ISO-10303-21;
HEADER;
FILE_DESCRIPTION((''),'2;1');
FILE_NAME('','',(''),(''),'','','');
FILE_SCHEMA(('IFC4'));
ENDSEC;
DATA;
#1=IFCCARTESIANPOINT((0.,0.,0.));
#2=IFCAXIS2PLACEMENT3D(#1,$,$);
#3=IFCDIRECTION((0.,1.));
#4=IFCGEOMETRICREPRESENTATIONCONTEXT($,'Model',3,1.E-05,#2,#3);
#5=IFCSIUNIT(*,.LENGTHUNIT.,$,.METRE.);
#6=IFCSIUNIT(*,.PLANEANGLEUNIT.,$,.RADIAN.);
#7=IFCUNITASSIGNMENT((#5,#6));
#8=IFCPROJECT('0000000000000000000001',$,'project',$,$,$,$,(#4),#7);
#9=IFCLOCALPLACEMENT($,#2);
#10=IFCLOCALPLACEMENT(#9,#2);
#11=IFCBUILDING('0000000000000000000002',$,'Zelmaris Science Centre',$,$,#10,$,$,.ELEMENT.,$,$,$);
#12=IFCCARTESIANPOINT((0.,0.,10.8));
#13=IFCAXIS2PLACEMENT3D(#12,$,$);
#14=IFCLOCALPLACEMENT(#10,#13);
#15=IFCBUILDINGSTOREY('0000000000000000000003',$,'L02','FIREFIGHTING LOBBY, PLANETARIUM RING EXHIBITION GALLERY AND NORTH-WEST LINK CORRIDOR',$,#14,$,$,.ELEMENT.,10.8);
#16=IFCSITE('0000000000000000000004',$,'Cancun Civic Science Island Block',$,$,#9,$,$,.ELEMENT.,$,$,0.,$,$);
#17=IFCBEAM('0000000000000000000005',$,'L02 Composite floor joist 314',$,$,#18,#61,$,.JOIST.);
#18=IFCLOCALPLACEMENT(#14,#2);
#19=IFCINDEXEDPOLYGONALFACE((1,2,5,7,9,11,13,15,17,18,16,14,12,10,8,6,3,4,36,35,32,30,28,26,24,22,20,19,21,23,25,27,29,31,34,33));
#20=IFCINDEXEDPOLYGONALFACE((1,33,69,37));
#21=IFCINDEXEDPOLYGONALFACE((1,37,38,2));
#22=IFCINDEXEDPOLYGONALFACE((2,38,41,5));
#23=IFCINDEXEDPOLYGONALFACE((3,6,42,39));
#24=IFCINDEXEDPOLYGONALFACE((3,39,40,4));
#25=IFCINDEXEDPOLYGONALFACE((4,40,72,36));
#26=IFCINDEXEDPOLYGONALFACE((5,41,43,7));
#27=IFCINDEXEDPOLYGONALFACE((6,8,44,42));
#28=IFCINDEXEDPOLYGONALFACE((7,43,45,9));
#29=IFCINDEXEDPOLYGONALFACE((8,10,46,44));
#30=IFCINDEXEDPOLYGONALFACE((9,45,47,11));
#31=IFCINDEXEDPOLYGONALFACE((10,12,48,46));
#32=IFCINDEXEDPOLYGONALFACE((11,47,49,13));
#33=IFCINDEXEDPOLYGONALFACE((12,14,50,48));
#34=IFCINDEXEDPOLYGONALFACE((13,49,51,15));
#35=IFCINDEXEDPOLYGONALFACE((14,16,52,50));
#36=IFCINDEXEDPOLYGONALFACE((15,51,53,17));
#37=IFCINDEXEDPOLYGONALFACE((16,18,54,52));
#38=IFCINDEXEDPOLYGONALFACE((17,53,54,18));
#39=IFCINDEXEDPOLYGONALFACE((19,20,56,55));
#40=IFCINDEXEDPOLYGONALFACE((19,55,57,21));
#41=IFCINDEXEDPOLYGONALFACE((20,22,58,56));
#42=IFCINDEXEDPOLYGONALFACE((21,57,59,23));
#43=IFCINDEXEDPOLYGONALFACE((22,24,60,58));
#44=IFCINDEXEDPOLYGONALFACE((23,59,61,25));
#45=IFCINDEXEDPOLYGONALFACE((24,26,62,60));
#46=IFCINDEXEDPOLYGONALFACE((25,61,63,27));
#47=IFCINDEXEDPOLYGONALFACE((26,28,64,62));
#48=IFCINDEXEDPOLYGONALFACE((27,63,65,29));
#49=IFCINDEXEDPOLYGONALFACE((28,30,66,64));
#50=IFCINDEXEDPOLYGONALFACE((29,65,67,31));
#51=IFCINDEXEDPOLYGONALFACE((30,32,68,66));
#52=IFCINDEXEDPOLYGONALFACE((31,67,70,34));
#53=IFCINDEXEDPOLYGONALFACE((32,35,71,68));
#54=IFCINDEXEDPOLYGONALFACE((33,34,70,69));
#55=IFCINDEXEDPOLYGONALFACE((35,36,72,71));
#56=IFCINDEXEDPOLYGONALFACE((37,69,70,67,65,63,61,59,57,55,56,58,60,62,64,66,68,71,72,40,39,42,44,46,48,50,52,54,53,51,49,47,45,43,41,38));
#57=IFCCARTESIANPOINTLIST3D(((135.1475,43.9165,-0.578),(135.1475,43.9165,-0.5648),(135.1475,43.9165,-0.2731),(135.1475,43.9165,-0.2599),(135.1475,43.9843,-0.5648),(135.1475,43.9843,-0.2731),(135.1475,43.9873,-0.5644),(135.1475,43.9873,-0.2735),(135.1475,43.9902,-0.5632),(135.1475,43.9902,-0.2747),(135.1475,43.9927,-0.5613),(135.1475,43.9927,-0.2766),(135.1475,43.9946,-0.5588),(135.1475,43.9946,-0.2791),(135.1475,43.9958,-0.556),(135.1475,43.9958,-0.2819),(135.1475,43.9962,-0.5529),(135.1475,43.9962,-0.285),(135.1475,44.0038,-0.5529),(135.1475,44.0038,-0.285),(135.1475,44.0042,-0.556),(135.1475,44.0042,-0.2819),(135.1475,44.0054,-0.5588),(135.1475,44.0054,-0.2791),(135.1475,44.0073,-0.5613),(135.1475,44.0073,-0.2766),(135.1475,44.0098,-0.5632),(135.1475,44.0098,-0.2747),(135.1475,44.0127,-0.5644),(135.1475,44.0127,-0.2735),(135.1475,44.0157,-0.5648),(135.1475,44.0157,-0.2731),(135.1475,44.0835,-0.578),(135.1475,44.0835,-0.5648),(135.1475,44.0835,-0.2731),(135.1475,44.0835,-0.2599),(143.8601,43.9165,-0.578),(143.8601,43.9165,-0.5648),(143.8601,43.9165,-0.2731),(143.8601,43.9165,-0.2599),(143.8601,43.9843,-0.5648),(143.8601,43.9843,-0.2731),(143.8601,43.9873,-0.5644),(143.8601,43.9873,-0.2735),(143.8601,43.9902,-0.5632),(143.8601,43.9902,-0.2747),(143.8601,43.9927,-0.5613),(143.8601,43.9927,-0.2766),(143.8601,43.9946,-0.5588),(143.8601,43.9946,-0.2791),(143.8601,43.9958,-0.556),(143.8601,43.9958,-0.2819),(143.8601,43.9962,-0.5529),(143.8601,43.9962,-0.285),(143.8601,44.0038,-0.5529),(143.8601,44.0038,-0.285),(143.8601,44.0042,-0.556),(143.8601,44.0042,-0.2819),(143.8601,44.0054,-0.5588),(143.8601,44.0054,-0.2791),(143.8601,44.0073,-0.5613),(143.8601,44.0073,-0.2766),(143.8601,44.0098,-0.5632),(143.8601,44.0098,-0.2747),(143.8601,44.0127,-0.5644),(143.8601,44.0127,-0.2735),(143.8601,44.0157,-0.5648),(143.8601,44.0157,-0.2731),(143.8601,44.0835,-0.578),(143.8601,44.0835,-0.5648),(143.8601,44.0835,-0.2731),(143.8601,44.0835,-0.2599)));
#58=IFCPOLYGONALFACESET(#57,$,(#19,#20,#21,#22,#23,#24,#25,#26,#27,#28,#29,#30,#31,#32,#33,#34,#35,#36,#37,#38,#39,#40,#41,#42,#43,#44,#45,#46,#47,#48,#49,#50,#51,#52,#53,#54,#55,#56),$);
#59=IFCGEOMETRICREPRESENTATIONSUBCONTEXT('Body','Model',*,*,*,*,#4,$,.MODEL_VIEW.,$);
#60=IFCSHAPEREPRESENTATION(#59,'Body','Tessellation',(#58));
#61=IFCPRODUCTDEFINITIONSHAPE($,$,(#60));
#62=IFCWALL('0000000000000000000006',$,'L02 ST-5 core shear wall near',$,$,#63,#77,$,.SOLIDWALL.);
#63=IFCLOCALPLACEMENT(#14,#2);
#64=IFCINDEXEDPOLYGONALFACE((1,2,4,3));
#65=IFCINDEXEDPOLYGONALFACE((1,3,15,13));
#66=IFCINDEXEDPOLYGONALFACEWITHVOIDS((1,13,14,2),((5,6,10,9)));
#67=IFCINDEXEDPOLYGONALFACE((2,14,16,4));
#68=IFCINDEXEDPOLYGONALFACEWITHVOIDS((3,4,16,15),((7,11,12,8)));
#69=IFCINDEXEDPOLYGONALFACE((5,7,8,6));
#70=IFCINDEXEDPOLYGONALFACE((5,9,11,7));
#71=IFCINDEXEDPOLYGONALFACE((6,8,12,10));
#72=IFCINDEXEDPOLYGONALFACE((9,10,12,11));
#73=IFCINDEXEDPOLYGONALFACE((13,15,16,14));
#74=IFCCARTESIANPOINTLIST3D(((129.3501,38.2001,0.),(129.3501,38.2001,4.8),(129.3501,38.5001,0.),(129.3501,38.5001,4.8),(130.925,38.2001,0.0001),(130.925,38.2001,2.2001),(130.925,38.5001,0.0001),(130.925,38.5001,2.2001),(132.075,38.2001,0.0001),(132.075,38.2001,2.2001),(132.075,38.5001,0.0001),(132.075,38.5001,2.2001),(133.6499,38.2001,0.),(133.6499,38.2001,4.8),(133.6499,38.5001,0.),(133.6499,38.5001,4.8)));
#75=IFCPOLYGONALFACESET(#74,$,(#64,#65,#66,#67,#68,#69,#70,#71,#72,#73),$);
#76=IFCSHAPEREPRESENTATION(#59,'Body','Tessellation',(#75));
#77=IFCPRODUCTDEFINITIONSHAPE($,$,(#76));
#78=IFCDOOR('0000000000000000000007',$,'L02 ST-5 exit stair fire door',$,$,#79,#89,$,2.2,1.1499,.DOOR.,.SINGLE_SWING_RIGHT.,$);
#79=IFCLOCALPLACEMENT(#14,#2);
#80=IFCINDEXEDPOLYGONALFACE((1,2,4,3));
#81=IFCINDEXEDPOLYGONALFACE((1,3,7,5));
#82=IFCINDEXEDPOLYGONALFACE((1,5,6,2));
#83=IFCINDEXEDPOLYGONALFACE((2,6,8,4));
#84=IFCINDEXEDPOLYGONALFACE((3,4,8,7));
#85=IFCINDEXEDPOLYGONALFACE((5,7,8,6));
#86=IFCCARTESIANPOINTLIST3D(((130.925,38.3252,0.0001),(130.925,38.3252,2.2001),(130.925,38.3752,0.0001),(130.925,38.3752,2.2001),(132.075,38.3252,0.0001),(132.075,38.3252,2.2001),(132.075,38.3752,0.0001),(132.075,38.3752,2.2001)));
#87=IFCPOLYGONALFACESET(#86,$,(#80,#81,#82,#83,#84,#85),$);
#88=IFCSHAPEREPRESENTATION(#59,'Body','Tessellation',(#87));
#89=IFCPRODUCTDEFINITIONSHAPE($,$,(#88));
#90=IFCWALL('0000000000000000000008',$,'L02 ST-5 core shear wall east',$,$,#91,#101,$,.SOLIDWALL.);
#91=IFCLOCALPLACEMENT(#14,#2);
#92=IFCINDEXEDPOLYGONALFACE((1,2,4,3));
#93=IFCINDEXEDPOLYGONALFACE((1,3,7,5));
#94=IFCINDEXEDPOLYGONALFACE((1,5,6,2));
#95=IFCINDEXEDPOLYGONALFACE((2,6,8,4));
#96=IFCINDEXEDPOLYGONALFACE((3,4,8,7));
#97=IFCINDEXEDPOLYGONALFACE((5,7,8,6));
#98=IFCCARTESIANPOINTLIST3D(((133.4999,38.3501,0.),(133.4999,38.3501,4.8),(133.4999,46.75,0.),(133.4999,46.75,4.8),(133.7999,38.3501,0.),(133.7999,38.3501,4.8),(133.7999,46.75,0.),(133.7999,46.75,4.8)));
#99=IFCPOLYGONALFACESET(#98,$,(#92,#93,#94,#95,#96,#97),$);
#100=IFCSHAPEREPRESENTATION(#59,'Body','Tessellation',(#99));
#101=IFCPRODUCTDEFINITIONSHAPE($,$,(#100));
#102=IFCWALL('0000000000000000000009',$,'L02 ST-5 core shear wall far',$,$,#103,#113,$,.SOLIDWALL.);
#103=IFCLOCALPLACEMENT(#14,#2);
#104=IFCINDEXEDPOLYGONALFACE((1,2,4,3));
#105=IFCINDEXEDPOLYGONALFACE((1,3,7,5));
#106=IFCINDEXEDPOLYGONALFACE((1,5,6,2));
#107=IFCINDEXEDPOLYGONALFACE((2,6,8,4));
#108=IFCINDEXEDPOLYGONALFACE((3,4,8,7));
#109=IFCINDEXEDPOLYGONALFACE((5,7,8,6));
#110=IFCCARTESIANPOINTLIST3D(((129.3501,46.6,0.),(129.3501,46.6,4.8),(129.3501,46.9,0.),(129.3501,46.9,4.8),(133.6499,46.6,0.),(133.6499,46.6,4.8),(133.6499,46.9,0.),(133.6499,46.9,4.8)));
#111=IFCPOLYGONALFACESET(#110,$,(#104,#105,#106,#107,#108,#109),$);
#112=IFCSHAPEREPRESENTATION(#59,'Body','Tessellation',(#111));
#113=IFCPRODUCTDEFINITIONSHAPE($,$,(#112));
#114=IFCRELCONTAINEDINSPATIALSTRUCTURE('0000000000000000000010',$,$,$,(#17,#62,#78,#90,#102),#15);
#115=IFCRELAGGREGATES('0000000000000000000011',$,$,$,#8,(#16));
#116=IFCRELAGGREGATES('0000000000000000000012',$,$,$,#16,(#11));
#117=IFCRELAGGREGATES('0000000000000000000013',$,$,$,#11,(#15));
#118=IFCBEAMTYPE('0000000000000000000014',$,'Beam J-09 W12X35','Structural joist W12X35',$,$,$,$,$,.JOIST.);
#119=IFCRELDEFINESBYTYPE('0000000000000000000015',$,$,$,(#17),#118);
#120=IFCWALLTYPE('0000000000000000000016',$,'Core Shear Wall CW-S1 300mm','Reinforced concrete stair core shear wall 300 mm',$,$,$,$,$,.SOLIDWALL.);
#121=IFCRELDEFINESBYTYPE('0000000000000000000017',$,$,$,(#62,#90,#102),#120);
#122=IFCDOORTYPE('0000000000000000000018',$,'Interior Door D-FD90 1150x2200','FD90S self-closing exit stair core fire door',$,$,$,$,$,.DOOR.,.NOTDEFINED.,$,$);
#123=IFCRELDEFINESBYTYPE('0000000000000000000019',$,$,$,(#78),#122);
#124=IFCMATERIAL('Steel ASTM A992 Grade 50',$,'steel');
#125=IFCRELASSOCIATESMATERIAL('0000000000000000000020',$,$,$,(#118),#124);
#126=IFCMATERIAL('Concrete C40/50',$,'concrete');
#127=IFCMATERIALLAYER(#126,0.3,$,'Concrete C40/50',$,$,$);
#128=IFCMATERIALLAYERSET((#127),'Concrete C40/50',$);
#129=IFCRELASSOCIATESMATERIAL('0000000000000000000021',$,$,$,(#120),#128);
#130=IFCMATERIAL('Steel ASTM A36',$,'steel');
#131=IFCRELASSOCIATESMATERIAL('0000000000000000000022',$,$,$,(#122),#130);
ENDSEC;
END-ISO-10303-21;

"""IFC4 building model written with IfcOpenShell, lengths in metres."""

from ifc_helpers import new_model, si_unit, direction, frame, frame_2d, origin, origin_2d, place, context, subcontext, project, spatial, rectangle, i_section, extrude, material, layer, layer_set, material_profile, profile_set, type_object, element, fill, save


model = new_model("IFC4")

# Units and contexts
model_context = context("Model", 3, precision=1e-05, world=origin(), true_north=direction((0.0, 1.0)))
body_context = subcontext(model_context, "Body", "Model", "MODEL_VIEW")
ifc_project = project(units=[si_unit("LENGTHUNIT", "METRE"), si_unit("PLANEANGLEUNIT", "RADIAN")], contexts=[model_context])

# Site, building, storey
site_placement = place(None, origin())
site = spatial("IfcSite", under=ifc_project, at=site_placement, Name="Cancun Civic Science Island Block", CompositionType="ELEMENT", RefElevation=0.0)
building_placement = place(site_placement, origin())
building = spatial("IfcBuilding", under=site, at=building_placement, Name="Zelmaris Science Centre", CompositionType="ELEMENT")
storey_placement = place(building_placement, frame((0.0, 0.0, 10.8)))
storey = spatial("IfcBuildingStorey", under=building, at=storey_placement, Name="L02", Description="FIREFIGHTING LOBBY, PLANETARIUM RING EXHIBITION GALLERY AND NORTH-WEST LINK CORRIDOR", CompositionType="ELEMENT", Elevation=10.8)

# Shared definitions
ifc_material_1 = material(Name="Steel ASTM A992 Grade 50", Category="steel")

# Beam
ifc_material_profile_1 = material_profile(ifc_material_1, i_section(OverallWidth=0.167, OverallDepth=0.3181, WebThickness=0.0076, FlangeThickness=0.0132, FilletRadius=0.012, at=origin_2d()), Name="W12X35")
ifc_profile_set_1 = profile_set([ifc_material_profile_1], Name="Steel ASTM A992 Grade 50")
beam_type_1 = type_object("IfcBeamType", Name="Beam J-09 W12X35", Description="Structural joist W12X35", PredefinedType="JOIST", material=ifc_profile_set_1)
beam_1_placement = place(storey_placement, frame((135.1475, 44.0, -0.4189), z_axis=(1.0, 0.0, 0.0), x_axis=(0.0, 1.0, 0.0)))
element("IfcBeam", 1, at=beam_1_placement, inside=storey, type_object=beam_type_1, Name="L02 Composite floor joist 314", PredefinedType="JOIST", context=body_context, shape_type="SweptSolid", body=[
    extrude(i_section(OverallWidth=0.167, OverallDepth=0.3181, WebThickness=0.0076, FlangeThickness=0.0132, FilletRadius=0.012, at=origin_2d()), origin(), (0.0, 0.0, 1.0), 8.7126),
])

# Wall, opening, door
ifc_material_2 = material(Name="Concrete C40/50", Category="concrete")
ifc_layer_1 = layer(ifc_material_2, 0.3, Name="Concrete C40/50")
ifc_layer_set_1 = layer_set([ifc_layer_1], Name="Concrete C40/50")
wall_type = type_object("IfcWallType", Name="Core Shear Wall CW-S1 300mm", Description="Reinforced concrete stair core shear wall 300 mm", PredefinedType="SOLIDWALL", material=ifc_layer_set_1)
wall_1_placement = place(storey_placement, frame((133.6499, 38.3501, 0.0), z_axis=(0.0, 0.0, 1.0), x_axis=(-1.0, 0.0, 0.0)))
wall_1 = element("IfcWall", 2, at=wall_1_placement, inside=storey, type_object=wall_type, Name="L02 ST-5 core shear wall near", PredefinedType="SOLIDWALL", context=body_context, shape_type="SweptSolid", body=[
    extrude(rectangle(XDim=4.2998, YDim=0.3, at=frame_2d((2.1499, 0.0))), origin(), (0.0, 0.0, 1.0), 4.8),
])
opening_placement = place(wall_1_placement, frame((1.575, 0.0, 0.0)))
opening = element("IfcOpeningElement", 3, at=opening_placement, cuts=wall_1, PredefinedType="OPENING", context=body_context, shape_type="SweptSolid", body=[
    extrude(rectangle(XDim=1.1499, YDim=2.2, at=frame_2d((0.575, 1.1001))), frame((0.0, 0.1599, 0.0), z_axis=(0.0, -1.0, 0.0), x_axis=(1.0, 0.0, 0.0)), (0.0, 0.0, 1.0), 0.3201),
])
ifc_material_3 = material(Name="Steel ASTM A36", Category="steel")
door_type = type_object("IfcDoorType", Name="Interior Door D-FD90 1150x2200", Description="FD90S self-closing exit stair core fire door", OperationType="NOTDEFINED", PredefinedType="DOOR", material=ifc_material_3)
door_placement = place(opening_placement, origin())
door = element("IfcDoor", 4, at=door_placement, inside=storey, type_object=door_type, Name="L02 ST-5 exit stair fire door", OperationType="SINGLE_SWING_RIGHT", OverallHeight=2.2, OverallWidth=1.1499, PredefinedType="DOOR", context=body_context, shape_type="SweptSolid", body=[
    extrude(rectangle(XDim=1.1499, YDim=2.2, at=frame_2d((0.575, 1.1001))), frame((0.0, 0.0249, 0.0), z_axis=(0.0, -1.0, 0.0), x_axis=(1.0, 0.0, 0.0)), (0.0, 0.0, 1.0), 0.05),
])
fill(opening, door)

# Walls
wall_2_placement = place(storey_placement, frame((133.6499, 38.3501, 0.0), z_axis=(0.0, 0.0, 1.0), x_axis=(0.0, 1.0, 0.0)))
element("IfcWall", 5, at=wall_2_placement, inside=storey, type_object=wall_type, Name="L02 ST-5 core shear wall east", PredefinedType="SOLIDWALL", context=body_context, shape_type="SweptSolid", body=[
    extrude(rectangle(XDim=8.3999, YDim=0.3, at=frame_2d((4.2, 0.0))), origin(), (0.0, 0.0, 1.0), 4.8),
])
wall_3_placement = place(storey_placement, frame((133.6499, 46.75, 0.0), z_axis=(0.0, 0.0, 1.0), x_axis=(-1.0, 0.0, 0.0)))
element("IfcWall", 6, at=wall_3_placement, inside=storey, type_object=wall_type, Name="L02 ST-5 core shear wall far", PredefinedType="SOLIDWALL", context=body_context, shape_type="SweptSolid", body=[
    extrude(rectangle(XDim=4.2998, YDim=0.3, at=frame_2d((2.1499, 0.0))), origin(), (0.0, 0.0, 1.0), 4.8),
])

save(model, "model.ifc")
